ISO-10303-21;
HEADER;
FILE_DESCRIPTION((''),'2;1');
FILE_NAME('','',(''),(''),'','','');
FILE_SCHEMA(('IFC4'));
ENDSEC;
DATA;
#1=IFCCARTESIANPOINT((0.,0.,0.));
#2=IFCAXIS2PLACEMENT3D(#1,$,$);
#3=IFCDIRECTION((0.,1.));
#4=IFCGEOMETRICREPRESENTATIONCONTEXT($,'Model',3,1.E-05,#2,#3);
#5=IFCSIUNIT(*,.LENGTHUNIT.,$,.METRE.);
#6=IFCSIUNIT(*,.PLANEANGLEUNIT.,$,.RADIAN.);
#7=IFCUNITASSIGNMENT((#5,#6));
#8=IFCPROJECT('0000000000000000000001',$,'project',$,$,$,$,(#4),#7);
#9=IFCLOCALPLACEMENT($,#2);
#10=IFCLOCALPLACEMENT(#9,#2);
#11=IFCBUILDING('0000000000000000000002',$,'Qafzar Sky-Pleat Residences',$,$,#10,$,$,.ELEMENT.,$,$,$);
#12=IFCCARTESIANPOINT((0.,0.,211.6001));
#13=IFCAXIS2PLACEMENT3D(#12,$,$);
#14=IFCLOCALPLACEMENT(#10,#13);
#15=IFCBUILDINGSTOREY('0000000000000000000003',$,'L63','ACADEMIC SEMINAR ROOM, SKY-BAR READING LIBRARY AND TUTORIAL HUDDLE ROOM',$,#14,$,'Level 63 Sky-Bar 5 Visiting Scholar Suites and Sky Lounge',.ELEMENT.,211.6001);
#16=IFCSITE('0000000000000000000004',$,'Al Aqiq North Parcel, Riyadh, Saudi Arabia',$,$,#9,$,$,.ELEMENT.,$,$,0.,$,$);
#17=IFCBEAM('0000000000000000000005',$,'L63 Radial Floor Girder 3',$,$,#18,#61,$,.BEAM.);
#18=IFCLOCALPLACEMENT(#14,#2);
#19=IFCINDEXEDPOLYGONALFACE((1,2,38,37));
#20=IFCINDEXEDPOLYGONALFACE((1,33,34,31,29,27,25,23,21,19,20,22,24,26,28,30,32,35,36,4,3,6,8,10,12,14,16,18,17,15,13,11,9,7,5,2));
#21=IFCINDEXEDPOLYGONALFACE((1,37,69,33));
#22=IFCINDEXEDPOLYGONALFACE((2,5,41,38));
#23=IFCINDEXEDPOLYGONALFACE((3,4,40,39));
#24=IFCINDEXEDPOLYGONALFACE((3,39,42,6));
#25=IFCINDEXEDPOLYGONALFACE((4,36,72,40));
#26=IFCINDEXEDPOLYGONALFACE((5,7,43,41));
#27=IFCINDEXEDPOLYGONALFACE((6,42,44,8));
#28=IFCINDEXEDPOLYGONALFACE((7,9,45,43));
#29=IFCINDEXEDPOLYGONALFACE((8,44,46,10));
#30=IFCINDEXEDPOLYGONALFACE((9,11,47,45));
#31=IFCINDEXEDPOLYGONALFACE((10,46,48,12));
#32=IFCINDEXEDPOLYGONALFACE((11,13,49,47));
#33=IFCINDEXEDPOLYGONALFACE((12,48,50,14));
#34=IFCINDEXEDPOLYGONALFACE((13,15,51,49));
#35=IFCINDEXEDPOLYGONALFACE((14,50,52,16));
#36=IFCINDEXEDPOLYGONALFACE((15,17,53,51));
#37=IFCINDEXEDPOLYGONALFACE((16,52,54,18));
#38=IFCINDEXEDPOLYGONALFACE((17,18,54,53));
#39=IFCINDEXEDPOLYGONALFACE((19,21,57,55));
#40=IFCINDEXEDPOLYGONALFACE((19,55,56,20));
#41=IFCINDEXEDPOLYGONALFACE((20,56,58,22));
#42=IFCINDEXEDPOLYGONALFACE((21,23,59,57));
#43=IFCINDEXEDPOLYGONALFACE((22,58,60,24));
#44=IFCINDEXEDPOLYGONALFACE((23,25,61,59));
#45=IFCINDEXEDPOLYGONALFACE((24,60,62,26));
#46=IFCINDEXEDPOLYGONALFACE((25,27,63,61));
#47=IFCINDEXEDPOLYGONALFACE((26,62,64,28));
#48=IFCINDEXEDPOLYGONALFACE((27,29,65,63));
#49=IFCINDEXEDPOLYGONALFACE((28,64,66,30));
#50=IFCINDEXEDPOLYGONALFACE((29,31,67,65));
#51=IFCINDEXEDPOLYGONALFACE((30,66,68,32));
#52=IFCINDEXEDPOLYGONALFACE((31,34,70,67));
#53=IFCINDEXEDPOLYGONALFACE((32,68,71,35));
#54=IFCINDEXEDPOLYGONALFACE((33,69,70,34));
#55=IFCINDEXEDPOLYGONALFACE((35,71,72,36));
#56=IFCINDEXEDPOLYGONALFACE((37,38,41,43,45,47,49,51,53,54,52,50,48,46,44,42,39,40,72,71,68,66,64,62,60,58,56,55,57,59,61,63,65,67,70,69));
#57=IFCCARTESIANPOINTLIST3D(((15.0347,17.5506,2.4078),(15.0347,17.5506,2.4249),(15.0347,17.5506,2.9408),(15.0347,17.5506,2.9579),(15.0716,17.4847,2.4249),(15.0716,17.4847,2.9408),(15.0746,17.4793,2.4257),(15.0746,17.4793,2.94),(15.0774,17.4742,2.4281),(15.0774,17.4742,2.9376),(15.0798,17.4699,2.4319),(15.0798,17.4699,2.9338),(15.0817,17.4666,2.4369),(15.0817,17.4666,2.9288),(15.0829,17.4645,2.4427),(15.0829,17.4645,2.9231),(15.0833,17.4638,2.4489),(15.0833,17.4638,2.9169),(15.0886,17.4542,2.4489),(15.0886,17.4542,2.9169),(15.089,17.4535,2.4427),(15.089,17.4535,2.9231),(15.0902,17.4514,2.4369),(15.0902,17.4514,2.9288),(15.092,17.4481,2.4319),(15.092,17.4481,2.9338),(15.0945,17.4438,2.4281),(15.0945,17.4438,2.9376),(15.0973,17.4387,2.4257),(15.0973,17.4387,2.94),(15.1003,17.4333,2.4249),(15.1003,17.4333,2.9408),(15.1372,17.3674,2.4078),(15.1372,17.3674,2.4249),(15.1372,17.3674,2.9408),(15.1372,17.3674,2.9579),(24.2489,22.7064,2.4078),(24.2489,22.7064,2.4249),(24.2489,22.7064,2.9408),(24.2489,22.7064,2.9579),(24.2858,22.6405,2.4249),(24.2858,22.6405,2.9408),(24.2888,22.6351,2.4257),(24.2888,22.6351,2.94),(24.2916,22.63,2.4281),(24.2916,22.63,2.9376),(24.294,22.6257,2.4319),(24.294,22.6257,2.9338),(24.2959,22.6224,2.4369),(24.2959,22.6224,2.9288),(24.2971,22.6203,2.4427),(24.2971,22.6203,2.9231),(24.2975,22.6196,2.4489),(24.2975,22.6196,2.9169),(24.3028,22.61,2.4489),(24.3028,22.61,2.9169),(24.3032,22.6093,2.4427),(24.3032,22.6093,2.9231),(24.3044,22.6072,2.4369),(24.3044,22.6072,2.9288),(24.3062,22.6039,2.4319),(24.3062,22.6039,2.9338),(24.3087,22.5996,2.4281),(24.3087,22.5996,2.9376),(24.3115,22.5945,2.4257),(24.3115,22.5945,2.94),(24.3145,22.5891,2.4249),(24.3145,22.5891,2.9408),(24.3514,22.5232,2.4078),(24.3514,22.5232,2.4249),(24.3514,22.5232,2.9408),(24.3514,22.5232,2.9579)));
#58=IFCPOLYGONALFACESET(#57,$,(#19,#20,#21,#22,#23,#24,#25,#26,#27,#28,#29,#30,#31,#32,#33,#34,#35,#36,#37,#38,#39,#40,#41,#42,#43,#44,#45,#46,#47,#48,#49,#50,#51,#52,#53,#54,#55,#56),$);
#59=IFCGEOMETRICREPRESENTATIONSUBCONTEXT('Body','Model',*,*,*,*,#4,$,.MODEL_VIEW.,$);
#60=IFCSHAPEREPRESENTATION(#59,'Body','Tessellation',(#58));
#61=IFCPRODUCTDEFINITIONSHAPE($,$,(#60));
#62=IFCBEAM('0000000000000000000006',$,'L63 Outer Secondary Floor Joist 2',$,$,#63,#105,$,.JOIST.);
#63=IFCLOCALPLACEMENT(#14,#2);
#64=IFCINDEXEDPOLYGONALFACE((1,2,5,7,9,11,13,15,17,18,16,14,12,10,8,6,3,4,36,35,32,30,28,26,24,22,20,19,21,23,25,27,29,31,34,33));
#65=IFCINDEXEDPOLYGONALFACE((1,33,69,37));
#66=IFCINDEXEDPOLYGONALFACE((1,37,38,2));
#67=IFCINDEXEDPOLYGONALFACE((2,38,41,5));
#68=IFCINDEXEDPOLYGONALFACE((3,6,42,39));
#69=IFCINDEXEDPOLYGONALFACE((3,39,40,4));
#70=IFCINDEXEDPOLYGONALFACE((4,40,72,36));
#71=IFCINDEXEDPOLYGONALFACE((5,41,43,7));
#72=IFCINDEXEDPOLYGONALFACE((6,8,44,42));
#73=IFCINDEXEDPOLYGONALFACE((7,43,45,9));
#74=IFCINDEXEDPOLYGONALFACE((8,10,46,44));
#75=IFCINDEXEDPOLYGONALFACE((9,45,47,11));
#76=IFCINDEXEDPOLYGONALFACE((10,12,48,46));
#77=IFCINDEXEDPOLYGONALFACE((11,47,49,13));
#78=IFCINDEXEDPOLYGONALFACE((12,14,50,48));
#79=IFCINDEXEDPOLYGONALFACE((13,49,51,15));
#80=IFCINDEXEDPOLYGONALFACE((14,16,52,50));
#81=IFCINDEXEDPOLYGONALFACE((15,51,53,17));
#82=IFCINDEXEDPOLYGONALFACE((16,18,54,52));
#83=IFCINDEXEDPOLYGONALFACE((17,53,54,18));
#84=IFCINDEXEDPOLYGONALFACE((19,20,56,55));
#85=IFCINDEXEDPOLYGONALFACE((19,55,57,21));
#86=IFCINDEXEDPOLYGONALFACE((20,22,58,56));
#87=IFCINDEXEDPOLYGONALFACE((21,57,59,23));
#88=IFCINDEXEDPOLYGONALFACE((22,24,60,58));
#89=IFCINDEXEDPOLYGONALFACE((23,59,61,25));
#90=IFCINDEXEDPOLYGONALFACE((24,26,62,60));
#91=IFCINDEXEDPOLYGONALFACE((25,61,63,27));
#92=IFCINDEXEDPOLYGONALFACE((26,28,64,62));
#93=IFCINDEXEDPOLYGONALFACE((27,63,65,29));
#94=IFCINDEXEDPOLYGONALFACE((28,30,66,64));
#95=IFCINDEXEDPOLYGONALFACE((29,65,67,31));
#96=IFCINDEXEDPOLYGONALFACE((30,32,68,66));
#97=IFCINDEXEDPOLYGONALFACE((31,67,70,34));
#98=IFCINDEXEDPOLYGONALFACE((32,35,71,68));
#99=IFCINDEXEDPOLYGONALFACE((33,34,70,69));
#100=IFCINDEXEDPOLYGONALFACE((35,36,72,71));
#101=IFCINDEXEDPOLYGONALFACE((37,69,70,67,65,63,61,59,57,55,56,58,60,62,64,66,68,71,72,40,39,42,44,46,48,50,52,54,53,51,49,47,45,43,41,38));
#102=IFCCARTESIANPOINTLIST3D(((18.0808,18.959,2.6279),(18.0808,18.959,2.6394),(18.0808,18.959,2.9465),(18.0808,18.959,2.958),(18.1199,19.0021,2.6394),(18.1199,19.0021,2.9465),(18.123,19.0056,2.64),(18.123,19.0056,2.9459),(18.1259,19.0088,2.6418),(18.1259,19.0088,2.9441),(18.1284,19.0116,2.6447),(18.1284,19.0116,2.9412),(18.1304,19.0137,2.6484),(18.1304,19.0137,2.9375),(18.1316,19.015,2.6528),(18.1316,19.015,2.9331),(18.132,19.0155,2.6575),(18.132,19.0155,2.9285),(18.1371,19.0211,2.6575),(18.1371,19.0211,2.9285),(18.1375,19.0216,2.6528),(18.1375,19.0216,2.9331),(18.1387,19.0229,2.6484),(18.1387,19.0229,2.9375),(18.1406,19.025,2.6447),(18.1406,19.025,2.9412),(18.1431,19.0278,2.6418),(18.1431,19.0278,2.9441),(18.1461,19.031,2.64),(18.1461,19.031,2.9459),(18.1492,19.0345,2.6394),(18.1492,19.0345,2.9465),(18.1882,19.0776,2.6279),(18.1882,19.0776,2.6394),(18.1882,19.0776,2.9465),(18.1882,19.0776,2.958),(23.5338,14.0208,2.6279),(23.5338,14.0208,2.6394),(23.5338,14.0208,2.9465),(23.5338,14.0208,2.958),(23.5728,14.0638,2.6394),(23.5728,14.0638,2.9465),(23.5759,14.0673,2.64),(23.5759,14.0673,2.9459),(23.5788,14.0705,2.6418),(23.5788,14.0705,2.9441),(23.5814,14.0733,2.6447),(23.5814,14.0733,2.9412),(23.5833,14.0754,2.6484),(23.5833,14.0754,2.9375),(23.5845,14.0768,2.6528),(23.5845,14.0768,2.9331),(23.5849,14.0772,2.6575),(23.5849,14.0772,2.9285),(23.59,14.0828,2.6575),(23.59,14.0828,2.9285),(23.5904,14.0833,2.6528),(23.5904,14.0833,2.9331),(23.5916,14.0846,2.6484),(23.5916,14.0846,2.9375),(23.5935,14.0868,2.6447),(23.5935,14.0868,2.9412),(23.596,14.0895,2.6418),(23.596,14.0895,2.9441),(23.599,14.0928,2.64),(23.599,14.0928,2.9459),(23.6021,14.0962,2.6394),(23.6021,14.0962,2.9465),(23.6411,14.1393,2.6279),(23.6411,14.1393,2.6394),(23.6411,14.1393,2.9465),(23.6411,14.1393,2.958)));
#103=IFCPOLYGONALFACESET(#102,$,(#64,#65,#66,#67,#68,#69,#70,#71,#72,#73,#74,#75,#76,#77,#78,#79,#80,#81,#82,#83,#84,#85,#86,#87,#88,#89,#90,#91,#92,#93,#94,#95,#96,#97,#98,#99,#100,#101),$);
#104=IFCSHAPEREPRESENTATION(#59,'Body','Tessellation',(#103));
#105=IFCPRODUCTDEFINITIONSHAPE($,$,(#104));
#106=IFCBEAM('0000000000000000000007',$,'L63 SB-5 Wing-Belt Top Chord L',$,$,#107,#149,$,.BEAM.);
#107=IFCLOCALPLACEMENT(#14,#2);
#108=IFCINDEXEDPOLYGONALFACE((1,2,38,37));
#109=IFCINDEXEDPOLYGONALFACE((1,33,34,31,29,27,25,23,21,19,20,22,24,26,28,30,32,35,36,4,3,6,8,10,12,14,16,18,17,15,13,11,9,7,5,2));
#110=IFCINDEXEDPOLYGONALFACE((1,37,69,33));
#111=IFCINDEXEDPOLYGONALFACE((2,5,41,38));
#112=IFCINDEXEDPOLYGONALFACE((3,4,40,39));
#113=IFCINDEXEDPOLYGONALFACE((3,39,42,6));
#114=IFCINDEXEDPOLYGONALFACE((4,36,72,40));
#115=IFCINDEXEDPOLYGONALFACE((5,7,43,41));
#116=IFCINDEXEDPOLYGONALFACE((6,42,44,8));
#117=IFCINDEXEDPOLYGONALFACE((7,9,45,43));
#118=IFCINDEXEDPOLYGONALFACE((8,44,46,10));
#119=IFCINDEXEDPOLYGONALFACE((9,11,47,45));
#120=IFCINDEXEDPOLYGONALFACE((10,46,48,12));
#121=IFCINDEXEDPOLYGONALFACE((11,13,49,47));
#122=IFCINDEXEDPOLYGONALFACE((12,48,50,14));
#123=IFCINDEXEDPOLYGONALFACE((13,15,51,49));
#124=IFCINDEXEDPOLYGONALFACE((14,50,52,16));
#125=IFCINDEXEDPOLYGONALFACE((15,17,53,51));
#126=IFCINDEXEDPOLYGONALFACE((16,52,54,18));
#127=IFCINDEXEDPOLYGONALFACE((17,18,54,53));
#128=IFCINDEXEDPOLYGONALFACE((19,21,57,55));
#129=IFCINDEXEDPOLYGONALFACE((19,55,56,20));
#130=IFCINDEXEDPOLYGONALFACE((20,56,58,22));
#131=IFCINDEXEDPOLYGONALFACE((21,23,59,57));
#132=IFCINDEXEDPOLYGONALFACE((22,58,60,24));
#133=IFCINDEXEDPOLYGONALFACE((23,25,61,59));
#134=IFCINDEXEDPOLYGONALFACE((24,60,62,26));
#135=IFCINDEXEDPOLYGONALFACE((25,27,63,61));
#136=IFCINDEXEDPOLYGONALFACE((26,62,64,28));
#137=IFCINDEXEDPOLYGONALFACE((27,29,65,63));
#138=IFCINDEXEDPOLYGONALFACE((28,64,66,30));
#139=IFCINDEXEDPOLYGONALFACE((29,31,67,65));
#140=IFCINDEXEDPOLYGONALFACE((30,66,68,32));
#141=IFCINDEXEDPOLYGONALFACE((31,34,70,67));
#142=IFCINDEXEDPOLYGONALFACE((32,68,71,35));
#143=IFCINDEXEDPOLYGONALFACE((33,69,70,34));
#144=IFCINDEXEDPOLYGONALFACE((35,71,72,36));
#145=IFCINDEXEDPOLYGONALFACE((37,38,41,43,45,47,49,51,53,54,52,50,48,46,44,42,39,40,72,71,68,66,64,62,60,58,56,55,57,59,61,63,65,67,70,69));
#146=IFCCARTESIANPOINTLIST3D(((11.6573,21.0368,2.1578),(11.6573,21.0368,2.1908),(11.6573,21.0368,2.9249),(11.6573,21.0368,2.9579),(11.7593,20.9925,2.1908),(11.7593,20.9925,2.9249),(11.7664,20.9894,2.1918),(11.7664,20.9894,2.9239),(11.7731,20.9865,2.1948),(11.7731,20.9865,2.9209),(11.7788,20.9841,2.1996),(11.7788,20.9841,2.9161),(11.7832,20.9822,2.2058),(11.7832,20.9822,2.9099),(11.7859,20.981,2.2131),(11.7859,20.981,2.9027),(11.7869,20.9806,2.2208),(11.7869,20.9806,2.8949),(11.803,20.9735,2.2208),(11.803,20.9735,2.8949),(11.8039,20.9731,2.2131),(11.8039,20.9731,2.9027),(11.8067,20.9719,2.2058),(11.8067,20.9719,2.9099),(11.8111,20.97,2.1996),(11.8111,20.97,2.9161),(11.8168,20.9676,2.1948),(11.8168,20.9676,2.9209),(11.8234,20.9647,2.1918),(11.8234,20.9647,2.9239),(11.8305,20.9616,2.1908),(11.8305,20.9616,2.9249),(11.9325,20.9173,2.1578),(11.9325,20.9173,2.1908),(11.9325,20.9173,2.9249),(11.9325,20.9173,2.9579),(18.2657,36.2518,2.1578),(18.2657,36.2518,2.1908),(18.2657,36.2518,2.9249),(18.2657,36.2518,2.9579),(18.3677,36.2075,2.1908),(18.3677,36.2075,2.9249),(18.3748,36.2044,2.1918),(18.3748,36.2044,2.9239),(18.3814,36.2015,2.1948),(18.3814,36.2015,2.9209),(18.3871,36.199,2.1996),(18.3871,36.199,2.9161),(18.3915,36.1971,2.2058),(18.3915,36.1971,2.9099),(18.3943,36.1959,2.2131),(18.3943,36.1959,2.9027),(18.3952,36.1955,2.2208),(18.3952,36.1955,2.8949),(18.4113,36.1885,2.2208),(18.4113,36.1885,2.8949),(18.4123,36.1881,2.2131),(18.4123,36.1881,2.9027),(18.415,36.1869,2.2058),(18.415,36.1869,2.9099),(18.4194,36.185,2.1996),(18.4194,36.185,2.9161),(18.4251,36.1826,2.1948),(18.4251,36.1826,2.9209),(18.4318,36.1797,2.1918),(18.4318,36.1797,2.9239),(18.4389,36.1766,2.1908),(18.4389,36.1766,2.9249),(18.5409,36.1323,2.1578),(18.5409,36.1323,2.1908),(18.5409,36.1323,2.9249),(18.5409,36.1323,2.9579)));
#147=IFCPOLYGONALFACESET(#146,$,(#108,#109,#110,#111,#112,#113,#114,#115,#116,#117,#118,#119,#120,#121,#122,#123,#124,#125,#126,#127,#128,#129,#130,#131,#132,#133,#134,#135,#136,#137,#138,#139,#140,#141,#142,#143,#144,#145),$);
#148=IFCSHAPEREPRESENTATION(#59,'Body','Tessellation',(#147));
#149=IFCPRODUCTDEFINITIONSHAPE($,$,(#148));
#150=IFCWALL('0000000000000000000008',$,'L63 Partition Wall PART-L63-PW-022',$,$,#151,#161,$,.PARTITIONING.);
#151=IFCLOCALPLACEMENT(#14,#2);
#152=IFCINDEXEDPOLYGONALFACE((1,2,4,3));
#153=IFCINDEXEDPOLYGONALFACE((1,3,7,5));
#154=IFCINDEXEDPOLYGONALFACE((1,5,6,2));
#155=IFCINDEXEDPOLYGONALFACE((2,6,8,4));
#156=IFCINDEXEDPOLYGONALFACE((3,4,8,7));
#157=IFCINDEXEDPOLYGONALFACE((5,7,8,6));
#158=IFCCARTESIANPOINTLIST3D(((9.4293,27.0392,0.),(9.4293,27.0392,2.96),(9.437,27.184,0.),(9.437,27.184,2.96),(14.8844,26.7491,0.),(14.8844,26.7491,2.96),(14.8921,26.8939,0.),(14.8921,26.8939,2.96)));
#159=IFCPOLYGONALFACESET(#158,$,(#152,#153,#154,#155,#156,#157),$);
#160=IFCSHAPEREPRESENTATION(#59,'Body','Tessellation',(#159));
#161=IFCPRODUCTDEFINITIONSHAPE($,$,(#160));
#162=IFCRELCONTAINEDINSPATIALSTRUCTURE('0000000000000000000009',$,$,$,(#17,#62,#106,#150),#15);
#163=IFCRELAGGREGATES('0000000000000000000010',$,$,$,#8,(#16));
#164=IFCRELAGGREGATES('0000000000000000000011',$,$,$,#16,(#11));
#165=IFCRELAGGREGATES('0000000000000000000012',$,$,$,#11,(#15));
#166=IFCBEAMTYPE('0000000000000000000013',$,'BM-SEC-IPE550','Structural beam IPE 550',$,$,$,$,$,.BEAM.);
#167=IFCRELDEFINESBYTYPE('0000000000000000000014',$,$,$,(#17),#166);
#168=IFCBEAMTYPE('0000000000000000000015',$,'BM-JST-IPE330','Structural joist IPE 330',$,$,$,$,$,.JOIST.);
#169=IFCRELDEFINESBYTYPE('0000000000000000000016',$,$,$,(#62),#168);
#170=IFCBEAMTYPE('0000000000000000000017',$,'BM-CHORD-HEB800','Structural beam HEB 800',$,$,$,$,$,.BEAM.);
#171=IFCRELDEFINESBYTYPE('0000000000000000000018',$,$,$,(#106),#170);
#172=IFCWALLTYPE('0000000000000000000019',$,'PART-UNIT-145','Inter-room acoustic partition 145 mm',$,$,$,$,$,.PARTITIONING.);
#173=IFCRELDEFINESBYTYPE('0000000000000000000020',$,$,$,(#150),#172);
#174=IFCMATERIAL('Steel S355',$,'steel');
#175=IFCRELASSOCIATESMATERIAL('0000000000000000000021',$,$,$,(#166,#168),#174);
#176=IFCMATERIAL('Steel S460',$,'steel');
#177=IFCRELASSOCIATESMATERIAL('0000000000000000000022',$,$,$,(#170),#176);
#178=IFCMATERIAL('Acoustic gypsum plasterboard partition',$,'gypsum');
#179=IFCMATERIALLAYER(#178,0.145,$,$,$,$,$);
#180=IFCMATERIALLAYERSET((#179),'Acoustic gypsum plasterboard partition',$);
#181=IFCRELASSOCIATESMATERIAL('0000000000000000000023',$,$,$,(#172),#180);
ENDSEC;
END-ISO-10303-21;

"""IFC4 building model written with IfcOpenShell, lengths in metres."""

from ifc_helpers import new_model, si_unit, direction, frame, frame_2d, origin, origin_2d, place, context, subcontext, project, spatial, rectangle, i_section, extrude, source, transform, mapped, material, layer, layer_set, material_profile, profile_set, type_object, element, save


model = new_model("IFC4")

# Units and contexts
model_context = context("Model", 3, precision=1e-05, world=origin(), true_north=direction((0.0, 1.0)))
body_context = subcontext(model_context, "Body", "Model", "MODEL_VIEW")
ifc_project = project(units=[si_unit("LENGTHUNIT", "METRE"), si_unit("PLANEANGLEUNIT", "RADIAN")], contexts=[model_context])

# Site, building, storey
site_placement = place(None, origin())
site = spatial("IfcSite", under=ifc_project, at=site_placement, Name="Al Aqiq North Parcel, Riyadh, Saudi Arabia", CompositionType="ELEMENT", RefElevation=0.0)
building_placement = place(site_placement, origin())
building = spatial("IfcBuilding", under=site, at=building_placement, Name="Qafzar Sky-Pleat Residences", CompositionType="ELEMENT")
storey_placement = place(building_placement, frame((0.0, 0.0, 211.6001)))
storey = spatial("IfcBuildingStorey", under=building, at=storey_placement, Name="L63", Description="ACADEMIC SEMINAR ROOM, SKY-BAR READING LIBRARY AND TUTORIAL HUDDLE ROOM", LongName="Level 63 Sky-Bar 5 Visiting Scholar Suites and Sky Lounge", CompositionType="ELEMENT", Elevation=211.6001)

# Shared definitions
ifc_material_1 = material(Name="Steel S355", Category="steel")

# Beams
ifc_material_profile_1 = material_profile(ifc_material_1, i_section(OverallWidth=0.21, OverallDepth=0.55, WebThickness=0.011, FlangeThickness=0.0171, FilletRadius=0.0239, at=origin_2d()), Name="IPE 550")
ifc_profile_set_1 = profile_set([ifc_material_profile_1], Name="Steel S355")
beam_type_1 = type_object("IfcBeamType", Name="BM-SEC-IPE550", Description="Structural beam IPE 550", PredefinedType="BEAM", material=ifc_profile_set_1)
shared_shape_1 = source(origin(), body_context, "Body", "SweptSolid", [
    extrude(i_section(OverallWidth=0.21, OverallDepth=0.55, WebThickness=0.011, FlangeThickness=0.0171, FilletRadius=0.0239, at=origin_2d()), origin(), (0.0, 0.0, 1.0), 10.5586),
])
beam_1_placement = place(storey_placement, frame((15.0859, 17.459, 2.6829), z_axis=(0.872673, 0.488305, 0.0), x_axis=(-0.488305, 0.872673, 0.0)))
element("IfcBeam", 1, at=beam_1_placement, inside=storey, type_object=beam_type_1, Name="L63 Radial Floor Girder 3", PredefinedType="BEAM", context=body_context, shape_type="MappedRepresentation", body=[
    mapped(shared_shape_1, transform((0.0, 0.0, 0.0), x_axis=(1.0, 0.0, 0.0), y_axis=(0.0, 1.0, 0.0), z_axis=(0.0, 0.0, 1.0), scale=1.0)),
])
ifc_material_profile_2 = material_profile(ifc_material_1, i_section(OverallWidth=0.1599, OverallDepth=0.3301, WebThickness=0.0076, FlangeThickness=0.0115, FilletRadius=0.0181, at=origin_2d()), Name="IPE 330")
ifc_profile_set_2 = profile_set([ifc_material_profile_2], Name="Steel S355")
beam_type_2 = type_object("IfcBeamType", Name="BM-JST-IPE330", Description="Structural joist IPE 330", PredefinedType="JOIST", material=ifc_profile_set_2)
shared_shape_2 = source(origin(), body_context, "Body", "SweptSolid", [
    extrude(i_section(OverallWidth=0.1599, OverallDepth=0.3301, WebThickness=0.0076, FlangeThickness=0.0115, FilletRadius=0.0181, at=origin_2d()), origin(), (0.0, 0.0, 1.0), 7.3567),
])
beam_2_placement = place(storey_placement, frame((18.1345, 19.0183, 2.793), z_axis=(0.74122, -0.671263, 0.0), x_axis=(0.671263, 0.74122, 0.0)))
element("IfcBeam", 2, at=beam_2_placement, inside=storey, type_object=beam_type_2, Name="L63 Outer Secondary Floor Joist 2", PredefinedType="JOIST", context=body_context, shape_type="MappedRepresentation", body=[
    mapped(shared_shape_2, transform((0.0, 0.0, 0.0), x_axis=(1.0, 0.0, 0.0), y_axis=(0.0, 1.0, 0.0), z_axis=(0.0, 0.0, 1.0), scale=1.0)),
])
ifc_material_2 = material(Name="Steel S460", Category="steel")
ifc_material_profile_3 = material_profile(ifc_material_2, i_section(OverallWidth=0.3, OverallDepth=0.8, WebThickness=0.0176, FlangeThickness=0.033, FilletRadius=0.03, at=origin_2d()), Name="HEB 800")
ifc_profile_set_3 = profile_set([ifc_material_profile_3], Name="Steel S460")
beam_type_3 = type_object("IfcBeamType", Name="BM-CHORD-HEB800", Description="Structural beam HEB 800", PredefinedType="BEAM", material=ifc_profile_set_3)
shared_shape_3 = source(origin(), body_context, "Body", "SweptSolid", [
    extrude(i_section(OverallWidth=0.3, OverallDepth=0.8, WebThickness=0.0176, FlangeThickness=0.033, FilletRadius=0.03, at=origin_2d()), origin(), (0.0, 0.0, 1.0), 16.5881),
])
beam_3_placement = place(storey_placement, frame((11.7949, 20.9771, 2.5579), z_axis=(0.398378, 0.917221, 0.0), x_axis=(-0.917221, 0.398378, 0.0)))
element("IfcBeam", 3, at=beam_3_placement, inside=storey, type_object=beam_type_3, Name="L63 SB-5 Wing-Belt Top Chord L", PredefinedType="BEAM", context=body_context, shape_type="MappedRepresentation", body=[
    mapped(shared_shape_3, transform((0.0, 0.0, 0.0), x_axis=(1.0, 0.0, 0.0), y_axis=(0.0, 1.0, 0.0), z_axis=(0.0, 0.0, 1.0), scale=1.0)),
])

# Wall
ifc_material_3 = material(Name="Acoustic gypsum plasterboard partition", Category="gypsum")
ifc_layer_1 = layer(ifc_material_3, 0.145)
ifc_layer_set_1 = layer_set([ifc_layer_1], Name="Acoustic gypsum plasterboard partition")
wall_type_1 = type_object("IfcWallType", Name="PART-UNIT-145", Description="Inter-room acoustic partition 145 mm", PredefinedType="PARTITIONING", material=ifc_layer_set_1)
wall_1_placement = place(storey_placement, frame((9.4331, 27.1116, 0.0), z_axis=(0.0, 0.0, 1.0), x_axis=(0.99859, -0.053094, 0.0)))
element("IfcWall", 4, at=wall_1_placement, inside=storey, type_object=wall_type_1, Name="L63 Partition Wall PART-L63-PW-022", PredefinedType="PARTITIONING", context=body_context, shape_type="SweptSolid", body=[
    extrude(rectangle(XDim=5.4629, YDim=0.145, at=frame_2d((2.7314, 0.0))), origin(), (0.0, 0.0, 1.0), 2.96),
])

save(model, "model.ifc")
